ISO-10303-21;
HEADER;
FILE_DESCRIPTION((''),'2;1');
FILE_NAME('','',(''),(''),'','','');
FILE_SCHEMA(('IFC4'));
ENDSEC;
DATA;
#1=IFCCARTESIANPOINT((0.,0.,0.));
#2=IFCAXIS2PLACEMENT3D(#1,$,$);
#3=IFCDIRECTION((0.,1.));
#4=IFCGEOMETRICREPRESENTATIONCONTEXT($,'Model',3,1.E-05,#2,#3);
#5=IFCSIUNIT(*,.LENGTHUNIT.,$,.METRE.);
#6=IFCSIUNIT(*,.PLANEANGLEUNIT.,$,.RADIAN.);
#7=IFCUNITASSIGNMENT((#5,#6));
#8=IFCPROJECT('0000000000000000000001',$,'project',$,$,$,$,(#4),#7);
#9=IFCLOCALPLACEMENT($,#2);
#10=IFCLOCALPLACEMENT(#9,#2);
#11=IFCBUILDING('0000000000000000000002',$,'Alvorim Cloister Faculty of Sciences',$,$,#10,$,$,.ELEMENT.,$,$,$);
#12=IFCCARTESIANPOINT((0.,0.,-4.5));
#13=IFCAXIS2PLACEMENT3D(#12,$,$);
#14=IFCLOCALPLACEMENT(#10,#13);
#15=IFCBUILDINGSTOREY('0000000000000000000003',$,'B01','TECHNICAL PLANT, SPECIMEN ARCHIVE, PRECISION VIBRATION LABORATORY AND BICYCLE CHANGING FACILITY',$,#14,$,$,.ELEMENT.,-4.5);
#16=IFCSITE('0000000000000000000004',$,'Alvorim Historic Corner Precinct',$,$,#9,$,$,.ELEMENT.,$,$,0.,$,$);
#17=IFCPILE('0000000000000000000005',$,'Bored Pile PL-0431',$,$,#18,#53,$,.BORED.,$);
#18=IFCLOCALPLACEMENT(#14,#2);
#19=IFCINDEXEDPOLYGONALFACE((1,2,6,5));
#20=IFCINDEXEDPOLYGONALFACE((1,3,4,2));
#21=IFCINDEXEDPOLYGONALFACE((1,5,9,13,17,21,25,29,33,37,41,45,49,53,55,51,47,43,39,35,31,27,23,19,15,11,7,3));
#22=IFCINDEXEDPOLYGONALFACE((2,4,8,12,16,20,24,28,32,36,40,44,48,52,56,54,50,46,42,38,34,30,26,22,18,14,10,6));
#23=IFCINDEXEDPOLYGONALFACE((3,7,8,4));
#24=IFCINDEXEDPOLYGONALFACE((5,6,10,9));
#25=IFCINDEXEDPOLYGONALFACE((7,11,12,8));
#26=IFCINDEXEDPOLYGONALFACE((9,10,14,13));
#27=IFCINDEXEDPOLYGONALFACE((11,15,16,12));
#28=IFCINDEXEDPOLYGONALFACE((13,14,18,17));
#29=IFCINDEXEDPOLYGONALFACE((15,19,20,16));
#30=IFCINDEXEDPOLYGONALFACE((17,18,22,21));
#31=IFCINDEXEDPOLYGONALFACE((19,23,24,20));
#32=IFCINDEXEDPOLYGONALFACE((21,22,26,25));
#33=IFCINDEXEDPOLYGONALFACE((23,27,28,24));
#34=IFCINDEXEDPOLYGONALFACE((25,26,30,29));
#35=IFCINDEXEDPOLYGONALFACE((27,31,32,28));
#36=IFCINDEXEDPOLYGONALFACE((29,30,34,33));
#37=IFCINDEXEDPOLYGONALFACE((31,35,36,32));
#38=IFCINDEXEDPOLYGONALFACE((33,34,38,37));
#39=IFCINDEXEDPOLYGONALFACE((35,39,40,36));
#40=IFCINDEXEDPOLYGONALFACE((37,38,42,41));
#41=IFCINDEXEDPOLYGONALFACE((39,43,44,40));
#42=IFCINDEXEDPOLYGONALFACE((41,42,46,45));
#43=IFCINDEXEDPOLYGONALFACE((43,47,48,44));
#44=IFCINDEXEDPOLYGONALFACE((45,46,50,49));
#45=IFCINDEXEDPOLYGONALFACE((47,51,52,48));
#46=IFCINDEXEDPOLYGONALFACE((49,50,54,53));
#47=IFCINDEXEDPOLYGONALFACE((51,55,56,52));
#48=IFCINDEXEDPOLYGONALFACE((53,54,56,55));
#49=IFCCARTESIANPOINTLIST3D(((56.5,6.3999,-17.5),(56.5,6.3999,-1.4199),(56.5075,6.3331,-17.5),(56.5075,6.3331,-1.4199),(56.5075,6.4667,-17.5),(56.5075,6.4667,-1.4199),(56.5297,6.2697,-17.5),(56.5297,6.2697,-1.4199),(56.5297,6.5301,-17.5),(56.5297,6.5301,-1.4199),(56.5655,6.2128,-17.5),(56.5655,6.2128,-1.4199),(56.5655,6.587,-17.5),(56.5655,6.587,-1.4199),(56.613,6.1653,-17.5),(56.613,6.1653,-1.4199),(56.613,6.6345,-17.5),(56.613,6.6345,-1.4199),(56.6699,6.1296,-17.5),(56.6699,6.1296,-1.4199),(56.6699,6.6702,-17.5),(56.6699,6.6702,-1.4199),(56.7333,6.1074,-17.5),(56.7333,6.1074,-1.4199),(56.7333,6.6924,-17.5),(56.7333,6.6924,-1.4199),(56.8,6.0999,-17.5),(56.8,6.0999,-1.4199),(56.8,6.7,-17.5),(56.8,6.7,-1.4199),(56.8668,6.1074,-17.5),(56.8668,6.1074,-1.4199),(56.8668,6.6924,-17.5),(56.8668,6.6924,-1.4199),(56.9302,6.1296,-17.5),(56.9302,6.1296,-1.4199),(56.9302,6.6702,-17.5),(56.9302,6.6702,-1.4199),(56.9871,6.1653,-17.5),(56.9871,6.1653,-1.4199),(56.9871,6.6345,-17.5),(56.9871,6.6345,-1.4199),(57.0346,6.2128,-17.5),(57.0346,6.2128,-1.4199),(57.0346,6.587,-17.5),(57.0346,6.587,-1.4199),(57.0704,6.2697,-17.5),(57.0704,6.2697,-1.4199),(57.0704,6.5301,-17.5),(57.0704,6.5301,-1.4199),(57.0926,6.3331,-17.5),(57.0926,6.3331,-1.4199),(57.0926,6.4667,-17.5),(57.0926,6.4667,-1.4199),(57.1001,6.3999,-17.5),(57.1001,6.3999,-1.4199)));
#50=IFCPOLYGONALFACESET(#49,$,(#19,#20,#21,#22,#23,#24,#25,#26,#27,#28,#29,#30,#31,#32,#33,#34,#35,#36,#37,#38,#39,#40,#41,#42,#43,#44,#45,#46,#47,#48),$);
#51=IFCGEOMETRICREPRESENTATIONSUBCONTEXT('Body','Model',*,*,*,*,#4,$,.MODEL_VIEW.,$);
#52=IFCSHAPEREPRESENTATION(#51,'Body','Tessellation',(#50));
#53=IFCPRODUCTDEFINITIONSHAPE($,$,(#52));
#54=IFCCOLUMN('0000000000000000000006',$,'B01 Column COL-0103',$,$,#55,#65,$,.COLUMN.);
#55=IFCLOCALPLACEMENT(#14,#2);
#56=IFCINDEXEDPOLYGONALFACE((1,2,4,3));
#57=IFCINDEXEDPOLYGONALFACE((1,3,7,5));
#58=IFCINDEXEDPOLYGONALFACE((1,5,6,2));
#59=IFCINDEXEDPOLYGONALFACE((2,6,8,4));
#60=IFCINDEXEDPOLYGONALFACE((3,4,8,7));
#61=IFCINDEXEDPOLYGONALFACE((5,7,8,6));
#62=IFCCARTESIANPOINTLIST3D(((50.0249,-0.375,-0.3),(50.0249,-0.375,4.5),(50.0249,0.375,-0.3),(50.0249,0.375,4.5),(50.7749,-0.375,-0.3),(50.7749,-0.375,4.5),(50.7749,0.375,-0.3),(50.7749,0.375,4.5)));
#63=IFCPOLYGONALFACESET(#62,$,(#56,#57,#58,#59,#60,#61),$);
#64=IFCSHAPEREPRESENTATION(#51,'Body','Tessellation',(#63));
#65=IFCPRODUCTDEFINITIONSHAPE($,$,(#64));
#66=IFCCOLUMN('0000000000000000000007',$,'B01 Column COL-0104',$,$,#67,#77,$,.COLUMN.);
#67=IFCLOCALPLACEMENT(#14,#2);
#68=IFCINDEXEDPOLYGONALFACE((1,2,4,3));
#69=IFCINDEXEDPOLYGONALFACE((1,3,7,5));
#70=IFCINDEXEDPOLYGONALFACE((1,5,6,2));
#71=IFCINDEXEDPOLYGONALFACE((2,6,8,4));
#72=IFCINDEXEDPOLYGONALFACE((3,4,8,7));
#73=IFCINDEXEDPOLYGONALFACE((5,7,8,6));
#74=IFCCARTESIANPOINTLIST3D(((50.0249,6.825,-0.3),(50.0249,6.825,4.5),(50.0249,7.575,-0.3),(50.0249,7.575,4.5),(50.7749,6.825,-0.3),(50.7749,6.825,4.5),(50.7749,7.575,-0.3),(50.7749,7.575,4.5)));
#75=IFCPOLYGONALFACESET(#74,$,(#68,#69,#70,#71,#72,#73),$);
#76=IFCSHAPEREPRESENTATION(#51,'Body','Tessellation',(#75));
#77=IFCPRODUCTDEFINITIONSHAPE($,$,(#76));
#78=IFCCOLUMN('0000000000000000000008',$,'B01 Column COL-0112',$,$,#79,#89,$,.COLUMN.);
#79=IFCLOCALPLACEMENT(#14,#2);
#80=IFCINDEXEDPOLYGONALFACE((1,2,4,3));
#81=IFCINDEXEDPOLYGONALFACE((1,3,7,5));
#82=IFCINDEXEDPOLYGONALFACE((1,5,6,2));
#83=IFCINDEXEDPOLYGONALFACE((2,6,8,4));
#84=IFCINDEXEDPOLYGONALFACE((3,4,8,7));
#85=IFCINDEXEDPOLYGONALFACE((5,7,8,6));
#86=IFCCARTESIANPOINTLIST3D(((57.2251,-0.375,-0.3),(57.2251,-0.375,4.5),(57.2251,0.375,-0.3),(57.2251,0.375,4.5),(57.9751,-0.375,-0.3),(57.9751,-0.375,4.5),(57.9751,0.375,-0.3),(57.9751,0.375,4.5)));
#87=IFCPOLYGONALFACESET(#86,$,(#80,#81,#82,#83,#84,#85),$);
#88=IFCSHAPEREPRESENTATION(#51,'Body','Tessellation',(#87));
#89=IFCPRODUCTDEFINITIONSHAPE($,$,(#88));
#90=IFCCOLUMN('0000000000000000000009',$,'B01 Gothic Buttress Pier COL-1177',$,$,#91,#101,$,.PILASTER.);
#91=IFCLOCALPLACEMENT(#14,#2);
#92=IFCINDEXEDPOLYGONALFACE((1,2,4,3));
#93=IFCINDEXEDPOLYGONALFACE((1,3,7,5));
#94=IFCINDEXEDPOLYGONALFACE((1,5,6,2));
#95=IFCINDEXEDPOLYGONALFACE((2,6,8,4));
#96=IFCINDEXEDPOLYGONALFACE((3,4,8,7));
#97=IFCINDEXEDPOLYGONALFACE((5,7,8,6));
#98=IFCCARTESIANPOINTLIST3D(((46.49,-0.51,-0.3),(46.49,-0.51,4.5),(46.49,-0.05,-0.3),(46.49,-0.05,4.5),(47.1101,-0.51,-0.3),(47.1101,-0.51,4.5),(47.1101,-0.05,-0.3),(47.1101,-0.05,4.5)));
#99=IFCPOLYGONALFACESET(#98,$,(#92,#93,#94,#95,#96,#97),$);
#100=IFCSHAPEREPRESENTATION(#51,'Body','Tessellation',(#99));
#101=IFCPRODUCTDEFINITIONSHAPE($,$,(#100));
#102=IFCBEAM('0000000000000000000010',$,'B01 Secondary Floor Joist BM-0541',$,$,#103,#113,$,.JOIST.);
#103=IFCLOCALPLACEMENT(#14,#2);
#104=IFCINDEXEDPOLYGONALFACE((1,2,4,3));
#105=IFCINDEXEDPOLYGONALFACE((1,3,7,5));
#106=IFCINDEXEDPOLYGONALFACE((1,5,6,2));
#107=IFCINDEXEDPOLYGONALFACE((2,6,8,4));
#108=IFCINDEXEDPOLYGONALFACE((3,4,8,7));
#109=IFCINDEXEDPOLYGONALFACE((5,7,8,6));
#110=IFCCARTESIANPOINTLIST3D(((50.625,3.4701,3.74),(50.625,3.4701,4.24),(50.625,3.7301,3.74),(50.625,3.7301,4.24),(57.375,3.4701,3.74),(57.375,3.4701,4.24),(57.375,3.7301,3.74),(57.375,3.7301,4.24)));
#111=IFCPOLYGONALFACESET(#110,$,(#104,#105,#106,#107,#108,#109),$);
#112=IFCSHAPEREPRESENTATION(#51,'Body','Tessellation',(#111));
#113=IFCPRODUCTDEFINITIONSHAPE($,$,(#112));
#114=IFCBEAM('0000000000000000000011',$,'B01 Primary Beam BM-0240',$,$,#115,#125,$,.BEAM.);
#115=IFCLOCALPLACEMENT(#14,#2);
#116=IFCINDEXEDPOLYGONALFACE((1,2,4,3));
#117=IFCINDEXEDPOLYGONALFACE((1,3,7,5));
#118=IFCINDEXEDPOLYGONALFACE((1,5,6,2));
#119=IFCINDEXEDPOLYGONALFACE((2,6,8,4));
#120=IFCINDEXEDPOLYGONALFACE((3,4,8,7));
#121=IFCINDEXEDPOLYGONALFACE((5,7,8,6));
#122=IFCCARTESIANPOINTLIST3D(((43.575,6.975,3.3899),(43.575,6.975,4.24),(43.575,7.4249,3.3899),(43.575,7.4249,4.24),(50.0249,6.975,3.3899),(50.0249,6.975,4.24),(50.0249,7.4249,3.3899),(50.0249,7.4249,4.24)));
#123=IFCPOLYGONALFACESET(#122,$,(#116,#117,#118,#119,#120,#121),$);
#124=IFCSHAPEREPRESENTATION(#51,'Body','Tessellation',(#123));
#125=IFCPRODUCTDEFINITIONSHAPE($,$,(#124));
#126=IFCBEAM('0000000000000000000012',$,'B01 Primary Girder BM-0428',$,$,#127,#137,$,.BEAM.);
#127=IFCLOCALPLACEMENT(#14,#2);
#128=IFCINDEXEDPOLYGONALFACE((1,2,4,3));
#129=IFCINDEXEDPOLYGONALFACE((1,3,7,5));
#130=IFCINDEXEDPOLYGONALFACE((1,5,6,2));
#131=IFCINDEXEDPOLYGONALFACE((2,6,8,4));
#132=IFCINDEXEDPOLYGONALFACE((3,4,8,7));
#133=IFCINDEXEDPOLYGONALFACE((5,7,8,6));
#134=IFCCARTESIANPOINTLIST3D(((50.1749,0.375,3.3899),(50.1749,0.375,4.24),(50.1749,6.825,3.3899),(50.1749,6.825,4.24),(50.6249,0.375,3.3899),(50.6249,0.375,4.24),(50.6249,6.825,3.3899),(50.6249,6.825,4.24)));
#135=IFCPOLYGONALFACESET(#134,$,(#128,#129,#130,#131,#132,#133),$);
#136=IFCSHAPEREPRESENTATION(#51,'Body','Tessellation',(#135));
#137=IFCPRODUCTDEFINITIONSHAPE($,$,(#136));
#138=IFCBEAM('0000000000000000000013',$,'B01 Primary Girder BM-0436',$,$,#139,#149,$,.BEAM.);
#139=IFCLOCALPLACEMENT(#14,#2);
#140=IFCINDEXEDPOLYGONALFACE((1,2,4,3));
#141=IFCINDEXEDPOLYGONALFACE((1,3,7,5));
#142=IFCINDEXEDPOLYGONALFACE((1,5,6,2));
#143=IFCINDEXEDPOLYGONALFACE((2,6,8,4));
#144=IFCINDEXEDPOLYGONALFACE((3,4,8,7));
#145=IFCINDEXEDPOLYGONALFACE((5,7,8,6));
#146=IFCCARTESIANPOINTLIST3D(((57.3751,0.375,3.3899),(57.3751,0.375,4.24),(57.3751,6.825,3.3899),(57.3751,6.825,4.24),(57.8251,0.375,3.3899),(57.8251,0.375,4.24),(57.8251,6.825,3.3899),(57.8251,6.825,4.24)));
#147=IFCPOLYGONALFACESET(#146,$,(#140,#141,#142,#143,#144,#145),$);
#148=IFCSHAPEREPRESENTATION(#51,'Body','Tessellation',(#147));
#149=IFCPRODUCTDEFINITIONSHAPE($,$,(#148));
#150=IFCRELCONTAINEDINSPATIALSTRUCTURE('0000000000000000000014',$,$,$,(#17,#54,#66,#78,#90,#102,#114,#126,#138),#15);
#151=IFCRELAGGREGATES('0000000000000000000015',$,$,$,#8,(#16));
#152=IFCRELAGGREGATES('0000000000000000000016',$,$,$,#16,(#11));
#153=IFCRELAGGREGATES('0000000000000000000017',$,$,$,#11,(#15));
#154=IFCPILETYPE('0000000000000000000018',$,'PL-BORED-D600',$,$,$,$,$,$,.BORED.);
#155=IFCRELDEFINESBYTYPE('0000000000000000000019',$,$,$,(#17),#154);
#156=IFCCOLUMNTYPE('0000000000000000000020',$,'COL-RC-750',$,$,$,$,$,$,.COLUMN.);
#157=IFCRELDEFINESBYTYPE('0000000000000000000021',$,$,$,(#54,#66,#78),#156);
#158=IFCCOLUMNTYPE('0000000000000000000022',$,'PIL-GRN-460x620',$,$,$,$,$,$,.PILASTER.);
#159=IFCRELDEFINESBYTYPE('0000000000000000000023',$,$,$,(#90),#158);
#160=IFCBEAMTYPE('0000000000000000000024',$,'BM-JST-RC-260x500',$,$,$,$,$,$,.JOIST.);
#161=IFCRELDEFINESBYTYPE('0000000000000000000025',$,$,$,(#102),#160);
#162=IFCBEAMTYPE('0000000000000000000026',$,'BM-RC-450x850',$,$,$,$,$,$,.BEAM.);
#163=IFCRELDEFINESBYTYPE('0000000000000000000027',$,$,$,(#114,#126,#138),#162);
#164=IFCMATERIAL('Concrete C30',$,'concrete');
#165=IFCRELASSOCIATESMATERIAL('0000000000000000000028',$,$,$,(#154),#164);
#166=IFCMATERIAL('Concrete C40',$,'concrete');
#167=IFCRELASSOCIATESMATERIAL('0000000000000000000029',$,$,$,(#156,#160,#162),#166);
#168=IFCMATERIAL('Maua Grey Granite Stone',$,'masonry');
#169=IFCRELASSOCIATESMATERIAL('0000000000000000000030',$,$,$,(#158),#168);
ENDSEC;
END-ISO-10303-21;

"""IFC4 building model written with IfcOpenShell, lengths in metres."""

from ifc_helpers import new_model, si_unit, direction, frame, origin, origin_2d, place, context, subcontext, project, spatial, rectangle, circle, extrude, material, material_profile, profile_set, type_object, element, save


model = new_model("IFC4")

# Units and contexts
model_context = context("Model", 3, precision=1e-05, world=origin(), true_north=direction((0.0, 1.0)))
body_context = subcontext(model_context, "Body", "Model", "MODEL_VIEW")
ifc_project = project(units=[si_unit("LENGTHUNIT", "METRE"), si_unit("PLANEANGLEUNIT", "RADIAN")], contexts=[model_context])

# Site, building, storey
site_placement = place(None, origin())
site = spatial("IfcSite", under=ifc_project, at=site_placement, Name="Alvorim Historic Corner Precinct", CompositionType="ELEMENT", RefElevation=0.0)
building_placement = place(site_placement, origin())
building = spatial("IfcBuilding", under=site, at=building_placement, Name="Alvorim Cloister Faculty of Sciences", CompositionType="ELEMENT")
storey_placement = place(building_placement, frame((0.0, 0.0, -4.5)))
storey = spatial("IfcBuildingStorey", under=building, at=storey_placement, Name="B01", Description="TECHNICAL PLANT, SPECIMEN ARCHIVE, PRECISION VIBRATION LABORATORY AND BICYCLE CHANGING FACILITY", CompositionType="ELEMENT", Elevation=-4.5)

# Shared definitions
ifc_material_1 = material(Name="Concrete C40", Category="concrete")

# Pile
ifc_material_2 = material(Name="Concrete C30", Category="concrete")
ifc_material_profile_1 = material_profile(ifc_material_2, circle(Radius=0.3, at=origin_2d()), Name="PILE-D600")
ifc_profile_set_1 = profile_set([ifc_material_profile_1], Name="Concrete C30")
pile_type = type_object("IfcPileType", Name="PL-BORED-D600", PredefinedType="BORED", material=ifc_profile_set_1)
pile_placement = place(storey_placement, frame((56.8, 6.3999, -1.4199), z_axis=(0.0, 0.0, -1.0), x_axis=(1.0, 0.0, 0.0)))
element("IfcPile", 1, at=pile_placement, inside=storey, type_object=pile_type, Name="Bored Pile PL-0431", PredefinedType="BORED", context=body_context, shape_type="SweptSolid", body=[
    extrude(circle(Radius=0.3, at=origin_2d()), origin(), (0.0, 0.0, 1.0), 16.0801),
])

# Columns
ifc_material_profile_2 = material_profile(ifc_material_1, rectangle(XDim=0.75, YDim=0.75, at=origin_2d()), Name="RC40-COL-750x750")
ifc_profile_set_2 = profile_set([ifc_material_profile_2], Name="Concrete C40")
column_type_1 = type_object("IfcColumnType", Name="COL-RC-750", PredefinedType="COLUMN", material=ifc_profile_set_2)
for number, where, z_axis, x_axis, name in (
    (2, (50.3999, 0.0, -0.3), (0.0, 0.0, 1.0), (1.0, 0.0, 0.0), "B01 Column COL-0103"),
    (3, (50.3999, 7.2, -0.3), (0.0, 0.0, 1.0), (1.0, 0.0, 0.0), "B01 Column COL-0104"),
    (4, (57.6001, 0.0, -0.3), (0.0, 0.0, 1.0), (1.0, 0.0, 0.0), "B01 Column COL-0112"),
):
    element("IfcColumn", number, at=place(storey_placement, frame(where, z_axis=z_axis, x_axis=x_axis)), inside=storey, type_object=column_type_1, Name=name, PredefinedType="COLUMN", context=body_context, shape_type="SweptSolid", body=[
        extrude(rectangle(XDim=0.75, YDim=0.75, at=origin_2d()), origin(), (0.0, 0.0, 1.0), 4.8),
    ])
ifc_material_3 = material(Name="Maua Grey Granite Stone", Category="masonry")
ifc_material_profile_3 = material_profile(ifc_material_3, rectangle(XDim=0.46, YDim=0.6201, at=origin_2d()), Name="GRN-PIER-460x620")
ifc_profile_set_3 = profile_set([ifc_material_profile_3], Name="Maua Grey Granite Stone")
column_type_2 = type_object("IfcColumnType", Name="PIL-GRN-460x620", PredefinedType="PILASTER", material=ifc_profile_set_3)
column_placement = place(storey_placement, frame((46.8, -0.28, -0.3), z_axis=(0.0, 0.0, 1.0), x_axis=(0.0, 1.0, 0.0)))
element("IfcColumn", 5, at=column_placement, inside=storey, type_object=column_type_2, Name="B01 Gothic Buttress Pier COL-1177", PredefinedType="PILASTER", context=body_context, shape_type="SweptSolid", body=[
    extrude(rectangle(XDim=0.46, YDim=0.6201, at=origin_2d()), origin(), (0.0, 0.0, 1.0), 4.8),
])

# Beams
ifc_material_profile_4 = material_profile(ifc_material_1, rectangle(XDim=0.26, YDim=0.5, at=origin_2d()), Name="RC40-JST-260x500")
ifc_profile_set_4 = profile_set([ifc_material_profile_4], Name="Concrete C40")
beam_type_1 = type_object("IfcBeamType", Name="BM-JST-RC-260x500", PredefinedType="JOIST", material=ifc_profile_set_4)
beam_placement = place(storey_placement, frame((50.625, 3.6001, 3.99), z_axis=(1.0, 0.0, 0.0), x_axis=(0.0, 1.0, 0.0)))
element("IfcBeam", 6, at=beam_placement, inside=storey, type_object=beam_type_1, Name="B01 Secondary Floor Joist BM-0541", PredefinedType="JOIST", context=body_context, shape_type="SweptSolid", body=[
    extrude(rectangle(XDim=0.26, YDim=0.5, at=origin_2d()), origin(), (0.0, 0.0, 1.0), 6.75),
])
ifc_material_profile_5 = material_profile(ifc_material_1, rectangle(XDim=0.45, YDim=0.8501, at=origin_2d()), Name="RC40-BM-450x850")
ifc_profile_set_5 = profile_set([ifc_material_profile_5], Name="Concrete C40")
beam_type_2 = type_object("IfcBeamType", Name="BM-RC-450x850", PredefinedType="BEAM", material=ifc_profile_set_5)
for number, where, z_axis, x_axis, name in (
    (7, (43.575, 7.2, 3.8149), (1.0, 0.0, 0.0), (0.0, 1.0, 0.0), "B01 Primary Beam BM-0240"),
    (8, (50.3999, 0.375, 3.8149), (0.0, 1.0, 0.0), (-1.0, 0.0, 0.0), "B01 Primary Girder BM-0428"),
    (9, (57.6001, 0.375, 3.8149), (0.0, 1.0, 0.0), (-1.0, 0.0, 0.0), "B01 Primary Girder BM-0436"),
):
    element("IfcBeam", number, at=place(storey_placement, frame(where, z_axis=z_axis, x_axis=x_axis)), inside=storey, type_object=beam_type_2, Name=name, PredefinedType="BEAM", context=body_context, shape_type="SweptSolid", body=[
        extrude(rectangle(XDim=0.45, YDim=0.8501, at=origin_2d()), origin(), (0.0, 0.0, 1.0), 6.45),
    ])

save(model, "model.ifc")
